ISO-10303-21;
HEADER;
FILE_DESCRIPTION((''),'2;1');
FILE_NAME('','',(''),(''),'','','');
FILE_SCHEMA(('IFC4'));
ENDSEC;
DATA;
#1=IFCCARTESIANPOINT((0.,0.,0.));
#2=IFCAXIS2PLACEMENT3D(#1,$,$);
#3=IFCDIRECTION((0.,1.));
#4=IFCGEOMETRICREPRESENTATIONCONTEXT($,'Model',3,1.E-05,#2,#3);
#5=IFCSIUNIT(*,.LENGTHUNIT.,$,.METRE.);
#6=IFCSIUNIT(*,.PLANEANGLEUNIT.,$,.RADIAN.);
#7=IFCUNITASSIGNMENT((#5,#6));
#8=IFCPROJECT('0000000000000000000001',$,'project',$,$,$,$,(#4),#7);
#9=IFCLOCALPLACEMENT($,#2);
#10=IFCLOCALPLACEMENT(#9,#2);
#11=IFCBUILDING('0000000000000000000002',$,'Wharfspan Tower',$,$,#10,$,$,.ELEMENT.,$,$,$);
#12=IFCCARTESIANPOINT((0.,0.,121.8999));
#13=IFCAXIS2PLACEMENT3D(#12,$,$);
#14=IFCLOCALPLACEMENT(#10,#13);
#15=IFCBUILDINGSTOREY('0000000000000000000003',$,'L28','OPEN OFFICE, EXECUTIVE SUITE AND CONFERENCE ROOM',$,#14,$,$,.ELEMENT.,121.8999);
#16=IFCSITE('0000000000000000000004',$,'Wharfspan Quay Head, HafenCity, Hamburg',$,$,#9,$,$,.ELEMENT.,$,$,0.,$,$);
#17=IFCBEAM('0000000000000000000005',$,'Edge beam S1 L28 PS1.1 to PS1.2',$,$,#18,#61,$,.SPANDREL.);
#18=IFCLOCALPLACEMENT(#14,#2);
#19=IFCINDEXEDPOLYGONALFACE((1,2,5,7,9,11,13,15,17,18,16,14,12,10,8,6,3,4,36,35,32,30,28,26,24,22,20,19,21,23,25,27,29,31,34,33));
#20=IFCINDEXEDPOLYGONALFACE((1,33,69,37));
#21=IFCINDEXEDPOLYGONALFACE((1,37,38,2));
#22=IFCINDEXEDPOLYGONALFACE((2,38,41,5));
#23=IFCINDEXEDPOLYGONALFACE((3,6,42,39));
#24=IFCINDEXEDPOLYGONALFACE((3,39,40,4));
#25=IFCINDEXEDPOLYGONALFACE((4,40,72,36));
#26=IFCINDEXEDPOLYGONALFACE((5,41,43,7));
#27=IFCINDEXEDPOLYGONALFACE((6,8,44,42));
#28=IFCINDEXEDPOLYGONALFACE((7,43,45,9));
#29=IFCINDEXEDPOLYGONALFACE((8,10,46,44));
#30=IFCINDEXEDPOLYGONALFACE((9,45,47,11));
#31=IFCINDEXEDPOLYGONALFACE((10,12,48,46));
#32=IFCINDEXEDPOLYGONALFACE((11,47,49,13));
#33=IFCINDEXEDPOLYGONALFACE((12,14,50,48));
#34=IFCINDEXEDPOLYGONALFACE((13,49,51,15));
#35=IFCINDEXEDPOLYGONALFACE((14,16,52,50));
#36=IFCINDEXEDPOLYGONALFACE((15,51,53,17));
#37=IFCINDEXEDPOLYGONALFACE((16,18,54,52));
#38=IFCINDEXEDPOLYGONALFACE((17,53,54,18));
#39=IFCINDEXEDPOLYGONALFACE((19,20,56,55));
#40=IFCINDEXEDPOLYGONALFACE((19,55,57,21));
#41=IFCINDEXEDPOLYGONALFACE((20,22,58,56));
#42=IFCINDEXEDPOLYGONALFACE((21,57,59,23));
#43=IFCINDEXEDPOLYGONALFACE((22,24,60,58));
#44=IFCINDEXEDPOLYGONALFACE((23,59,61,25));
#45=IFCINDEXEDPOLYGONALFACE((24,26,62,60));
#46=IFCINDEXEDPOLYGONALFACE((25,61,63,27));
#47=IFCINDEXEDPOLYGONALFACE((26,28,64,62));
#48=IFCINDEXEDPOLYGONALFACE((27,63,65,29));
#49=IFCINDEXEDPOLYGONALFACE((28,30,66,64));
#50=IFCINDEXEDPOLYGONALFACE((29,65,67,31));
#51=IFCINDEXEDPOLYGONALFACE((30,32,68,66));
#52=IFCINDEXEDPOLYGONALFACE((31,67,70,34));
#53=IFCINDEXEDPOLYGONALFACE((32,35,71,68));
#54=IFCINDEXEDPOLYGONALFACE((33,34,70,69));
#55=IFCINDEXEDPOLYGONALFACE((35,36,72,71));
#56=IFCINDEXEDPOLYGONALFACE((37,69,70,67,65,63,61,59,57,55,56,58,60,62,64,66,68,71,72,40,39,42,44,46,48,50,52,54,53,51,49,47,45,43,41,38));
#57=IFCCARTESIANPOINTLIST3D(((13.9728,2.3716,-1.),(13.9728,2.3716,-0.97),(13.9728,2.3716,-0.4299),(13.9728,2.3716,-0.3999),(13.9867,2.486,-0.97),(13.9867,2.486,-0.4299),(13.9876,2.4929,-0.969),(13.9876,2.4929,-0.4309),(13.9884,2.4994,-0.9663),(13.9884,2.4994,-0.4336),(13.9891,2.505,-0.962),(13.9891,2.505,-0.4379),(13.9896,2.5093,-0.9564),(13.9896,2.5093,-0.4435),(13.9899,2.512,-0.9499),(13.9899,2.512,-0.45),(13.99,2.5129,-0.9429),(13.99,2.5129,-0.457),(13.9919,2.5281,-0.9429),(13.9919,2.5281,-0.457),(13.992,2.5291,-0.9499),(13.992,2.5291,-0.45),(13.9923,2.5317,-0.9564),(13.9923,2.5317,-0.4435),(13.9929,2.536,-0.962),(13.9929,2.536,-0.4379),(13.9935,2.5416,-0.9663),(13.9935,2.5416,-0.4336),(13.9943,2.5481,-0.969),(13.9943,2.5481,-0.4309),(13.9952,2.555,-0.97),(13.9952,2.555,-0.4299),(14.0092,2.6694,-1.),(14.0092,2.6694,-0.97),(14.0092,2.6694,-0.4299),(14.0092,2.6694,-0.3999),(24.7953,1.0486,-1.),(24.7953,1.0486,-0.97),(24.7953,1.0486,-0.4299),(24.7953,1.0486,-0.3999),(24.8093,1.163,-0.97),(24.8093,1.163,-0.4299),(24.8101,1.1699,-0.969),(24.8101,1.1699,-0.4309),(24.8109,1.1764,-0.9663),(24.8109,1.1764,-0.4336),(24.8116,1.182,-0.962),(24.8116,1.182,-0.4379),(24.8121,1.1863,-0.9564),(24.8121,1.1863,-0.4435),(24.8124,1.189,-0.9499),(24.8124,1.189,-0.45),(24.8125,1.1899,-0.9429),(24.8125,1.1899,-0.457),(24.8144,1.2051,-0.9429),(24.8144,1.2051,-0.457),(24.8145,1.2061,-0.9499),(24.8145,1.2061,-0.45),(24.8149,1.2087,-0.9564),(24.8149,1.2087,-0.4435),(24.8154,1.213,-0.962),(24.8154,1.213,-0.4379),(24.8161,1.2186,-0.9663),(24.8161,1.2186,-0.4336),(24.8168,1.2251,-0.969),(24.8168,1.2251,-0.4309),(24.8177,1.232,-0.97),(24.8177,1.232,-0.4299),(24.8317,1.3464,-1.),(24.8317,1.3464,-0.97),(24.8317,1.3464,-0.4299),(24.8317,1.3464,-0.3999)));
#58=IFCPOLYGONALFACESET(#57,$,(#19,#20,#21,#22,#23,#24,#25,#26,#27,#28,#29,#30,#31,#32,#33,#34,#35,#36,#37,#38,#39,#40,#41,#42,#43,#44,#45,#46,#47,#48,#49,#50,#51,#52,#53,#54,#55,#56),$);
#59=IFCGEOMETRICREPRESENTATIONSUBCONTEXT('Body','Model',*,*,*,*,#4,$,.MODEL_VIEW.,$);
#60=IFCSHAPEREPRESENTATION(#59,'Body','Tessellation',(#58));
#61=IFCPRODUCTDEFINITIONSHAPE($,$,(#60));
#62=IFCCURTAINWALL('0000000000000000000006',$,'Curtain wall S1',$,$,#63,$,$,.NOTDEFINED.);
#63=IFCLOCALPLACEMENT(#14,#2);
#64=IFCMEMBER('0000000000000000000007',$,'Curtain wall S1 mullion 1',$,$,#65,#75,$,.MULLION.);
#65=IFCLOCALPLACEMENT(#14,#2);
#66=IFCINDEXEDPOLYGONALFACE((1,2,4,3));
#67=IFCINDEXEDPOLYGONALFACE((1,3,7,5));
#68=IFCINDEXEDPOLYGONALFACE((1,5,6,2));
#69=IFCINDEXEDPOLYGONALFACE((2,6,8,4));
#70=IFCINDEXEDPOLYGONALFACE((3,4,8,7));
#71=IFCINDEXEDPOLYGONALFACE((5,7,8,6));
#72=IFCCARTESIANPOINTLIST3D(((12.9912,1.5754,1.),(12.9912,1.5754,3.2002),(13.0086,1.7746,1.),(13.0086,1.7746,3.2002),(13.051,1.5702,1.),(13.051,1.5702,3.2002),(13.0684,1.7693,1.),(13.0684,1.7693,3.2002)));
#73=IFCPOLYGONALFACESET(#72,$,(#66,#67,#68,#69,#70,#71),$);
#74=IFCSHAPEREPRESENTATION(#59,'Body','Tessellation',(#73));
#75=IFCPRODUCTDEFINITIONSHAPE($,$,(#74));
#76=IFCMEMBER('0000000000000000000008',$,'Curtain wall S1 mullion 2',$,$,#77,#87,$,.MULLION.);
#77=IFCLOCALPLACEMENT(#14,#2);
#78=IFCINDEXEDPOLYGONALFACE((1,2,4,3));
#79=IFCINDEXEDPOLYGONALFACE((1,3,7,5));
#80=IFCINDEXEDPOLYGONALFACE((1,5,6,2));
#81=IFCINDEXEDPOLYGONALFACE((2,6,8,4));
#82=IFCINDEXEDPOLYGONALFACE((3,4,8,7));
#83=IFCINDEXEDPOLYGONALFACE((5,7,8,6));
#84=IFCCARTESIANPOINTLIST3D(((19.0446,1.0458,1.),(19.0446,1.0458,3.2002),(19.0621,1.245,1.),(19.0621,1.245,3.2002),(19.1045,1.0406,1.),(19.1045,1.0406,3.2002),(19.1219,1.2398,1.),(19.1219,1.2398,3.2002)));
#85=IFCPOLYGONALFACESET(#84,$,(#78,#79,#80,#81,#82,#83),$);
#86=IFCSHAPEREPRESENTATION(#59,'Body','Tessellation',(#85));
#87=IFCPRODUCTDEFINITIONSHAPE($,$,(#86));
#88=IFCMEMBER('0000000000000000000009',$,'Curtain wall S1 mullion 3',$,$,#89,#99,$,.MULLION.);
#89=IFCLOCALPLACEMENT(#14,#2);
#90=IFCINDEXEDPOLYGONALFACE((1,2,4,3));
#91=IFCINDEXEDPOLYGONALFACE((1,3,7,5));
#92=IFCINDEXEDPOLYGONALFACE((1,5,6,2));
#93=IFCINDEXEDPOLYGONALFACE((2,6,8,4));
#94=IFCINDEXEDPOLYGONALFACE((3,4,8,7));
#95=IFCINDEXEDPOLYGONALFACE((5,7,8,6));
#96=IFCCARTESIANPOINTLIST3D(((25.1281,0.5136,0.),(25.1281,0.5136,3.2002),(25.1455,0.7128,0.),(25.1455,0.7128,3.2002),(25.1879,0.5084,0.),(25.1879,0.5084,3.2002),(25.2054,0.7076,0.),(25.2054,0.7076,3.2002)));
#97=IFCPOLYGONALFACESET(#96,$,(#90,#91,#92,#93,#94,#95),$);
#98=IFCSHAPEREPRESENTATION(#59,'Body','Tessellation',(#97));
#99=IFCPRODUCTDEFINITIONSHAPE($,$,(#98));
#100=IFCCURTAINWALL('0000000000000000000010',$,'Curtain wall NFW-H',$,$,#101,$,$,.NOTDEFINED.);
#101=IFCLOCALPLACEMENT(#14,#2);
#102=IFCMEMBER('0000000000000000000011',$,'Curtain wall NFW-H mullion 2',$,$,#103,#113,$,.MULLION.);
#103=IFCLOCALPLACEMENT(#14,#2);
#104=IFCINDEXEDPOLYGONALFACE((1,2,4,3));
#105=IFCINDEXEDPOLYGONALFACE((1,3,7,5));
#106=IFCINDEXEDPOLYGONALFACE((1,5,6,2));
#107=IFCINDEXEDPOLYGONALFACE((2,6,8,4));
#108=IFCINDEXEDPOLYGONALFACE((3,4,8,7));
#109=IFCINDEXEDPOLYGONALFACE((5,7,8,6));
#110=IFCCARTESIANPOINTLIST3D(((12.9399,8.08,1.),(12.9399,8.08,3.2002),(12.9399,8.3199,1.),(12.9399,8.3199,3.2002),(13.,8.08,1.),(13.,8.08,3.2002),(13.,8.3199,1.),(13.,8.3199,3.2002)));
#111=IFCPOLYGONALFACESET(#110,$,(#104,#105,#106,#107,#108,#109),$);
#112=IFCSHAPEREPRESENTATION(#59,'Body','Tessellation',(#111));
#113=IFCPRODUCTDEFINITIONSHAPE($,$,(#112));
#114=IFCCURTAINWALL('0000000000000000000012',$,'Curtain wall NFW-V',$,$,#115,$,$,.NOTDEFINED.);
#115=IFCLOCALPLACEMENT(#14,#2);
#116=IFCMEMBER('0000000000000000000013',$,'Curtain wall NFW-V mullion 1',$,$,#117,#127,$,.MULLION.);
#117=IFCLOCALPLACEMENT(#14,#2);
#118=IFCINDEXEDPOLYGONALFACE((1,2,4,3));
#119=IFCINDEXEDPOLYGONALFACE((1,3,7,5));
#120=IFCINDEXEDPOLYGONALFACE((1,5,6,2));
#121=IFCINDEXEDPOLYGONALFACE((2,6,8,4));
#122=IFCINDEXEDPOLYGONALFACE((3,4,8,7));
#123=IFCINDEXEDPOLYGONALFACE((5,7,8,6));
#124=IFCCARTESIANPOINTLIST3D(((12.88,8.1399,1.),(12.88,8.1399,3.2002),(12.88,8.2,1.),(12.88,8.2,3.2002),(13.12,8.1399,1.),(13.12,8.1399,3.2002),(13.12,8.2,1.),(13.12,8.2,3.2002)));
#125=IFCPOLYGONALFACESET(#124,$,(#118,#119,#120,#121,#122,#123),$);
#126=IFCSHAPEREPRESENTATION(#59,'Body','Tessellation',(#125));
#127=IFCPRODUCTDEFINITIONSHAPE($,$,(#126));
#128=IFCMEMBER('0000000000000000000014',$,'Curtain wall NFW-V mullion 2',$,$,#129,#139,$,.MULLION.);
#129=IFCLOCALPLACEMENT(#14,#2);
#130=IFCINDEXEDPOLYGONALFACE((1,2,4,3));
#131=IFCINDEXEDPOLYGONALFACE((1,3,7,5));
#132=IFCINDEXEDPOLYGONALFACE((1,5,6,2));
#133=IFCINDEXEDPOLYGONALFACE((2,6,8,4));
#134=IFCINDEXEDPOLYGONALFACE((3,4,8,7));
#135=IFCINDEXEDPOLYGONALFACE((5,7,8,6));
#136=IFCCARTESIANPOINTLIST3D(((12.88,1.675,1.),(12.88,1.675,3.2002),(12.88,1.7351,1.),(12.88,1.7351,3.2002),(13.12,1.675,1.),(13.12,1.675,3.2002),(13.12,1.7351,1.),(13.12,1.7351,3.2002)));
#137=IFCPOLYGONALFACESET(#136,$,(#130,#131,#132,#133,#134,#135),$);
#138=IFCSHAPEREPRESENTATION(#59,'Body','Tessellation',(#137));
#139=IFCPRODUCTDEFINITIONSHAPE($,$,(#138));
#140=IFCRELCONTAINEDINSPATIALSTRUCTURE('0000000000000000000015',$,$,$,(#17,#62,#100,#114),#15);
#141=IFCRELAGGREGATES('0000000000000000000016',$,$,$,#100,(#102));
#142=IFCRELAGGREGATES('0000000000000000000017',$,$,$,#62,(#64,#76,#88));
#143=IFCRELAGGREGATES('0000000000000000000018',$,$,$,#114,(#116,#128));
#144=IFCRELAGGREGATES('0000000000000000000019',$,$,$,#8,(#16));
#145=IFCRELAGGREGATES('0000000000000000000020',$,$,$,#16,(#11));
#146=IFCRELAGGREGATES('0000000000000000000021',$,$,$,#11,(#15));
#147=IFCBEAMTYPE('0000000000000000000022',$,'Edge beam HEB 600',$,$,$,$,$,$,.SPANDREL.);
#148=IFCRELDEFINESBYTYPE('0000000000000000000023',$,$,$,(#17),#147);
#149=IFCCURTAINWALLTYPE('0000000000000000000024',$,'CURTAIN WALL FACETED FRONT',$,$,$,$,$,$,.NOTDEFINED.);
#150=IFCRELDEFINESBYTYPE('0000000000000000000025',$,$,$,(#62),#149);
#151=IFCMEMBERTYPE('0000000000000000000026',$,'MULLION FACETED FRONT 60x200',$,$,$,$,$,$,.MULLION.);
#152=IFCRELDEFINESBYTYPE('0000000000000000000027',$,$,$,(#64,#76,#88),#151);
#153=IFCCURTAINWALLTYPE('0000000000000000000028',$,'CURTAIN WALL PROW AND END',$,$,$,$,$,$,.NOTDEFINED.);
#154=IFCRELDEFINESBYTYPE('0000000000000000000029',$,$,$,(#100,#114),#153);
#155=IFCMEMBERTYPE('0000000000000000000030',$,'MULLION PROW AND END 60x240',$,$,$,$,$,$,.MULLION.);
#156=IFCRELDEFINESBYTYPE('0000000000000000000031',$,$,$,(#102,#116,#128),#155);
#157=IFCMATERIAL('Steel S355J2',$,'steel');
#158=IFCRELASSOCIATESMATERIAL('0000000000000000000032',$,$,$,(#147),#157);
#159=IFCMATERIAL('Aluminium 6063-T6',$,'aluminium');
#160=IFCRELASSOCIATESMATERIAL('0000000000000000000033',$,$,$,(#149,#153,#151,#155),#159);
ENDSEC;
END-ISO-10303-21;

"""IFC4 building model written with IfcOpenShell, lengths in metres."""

from ifc_helpers import new_model, si_unit, direction, frame, origin, origin_2d, place, context, subcontext, project, spatial, rectangle, i_section, extrude, material, material_profile, profile_set, type_object, element, aggregate, save


model = new_model("IFC4")

# Units and contexts
model_context = context("Model", 3, precision=1e-05, world=origin(), true_north=direction((0.0, 1.0)))
body_context = subcontext(model_context, "Body", "Model", "MODEL_VIEW")
ifc_project = project(units=[si_unit("LENGTHUNIT", "METRE"), si_unit("PLANEANGLEUNIT", "RADIAN")], contexts=[model_context])

# Site, building, storey
site_placement = place(None, origin())
site = spatial("IfcSite", under=ifc_project, at=site_placement, Name="Wharfspan Quay Head, HafenCity, Hamburg", CompositionType="ELEMENT", RefElevation=0.0)
building_placement = place(site_placement, origin())
building = spatial("IfcBuilding", under=site, at=building_placement, Name="Wharfspan Tower", CompositionType="ELEMENT")
storey_placement = place(building_placement, frame((0.0, 0.0, 121.8999)))
storey = spatial("IfcBuildingStorey", under=building, at=storey_placement, Name="L28", Description="OPEN OFFICE, EXECUTIVE SUITE AND CONFERENCE ROOM", CompositionType="ELEMENT", Elevation=121.8999)

# Shared definitions
ifc_material_1 = material(Name="Steel S355J2", Category="steel")

# Beam
ifc_material_profile_1 = material_profile(ifc_material_1, i_section(OverallWidth=0.3, OverallDepth=0.6001, WebThickness=0.0154, FlangeThickness=0.03, FilletRadius=0.0271, at=origin_2d()))
ifc_profile_set_1 = profile_set([ifc_material_profile_1], Name="Steel S355J2")
beam_type = type_object("IfcBeamType", Name="Edge beam HEB 600", PredefinedType="SPANDREL", material=ifc_profile_set_1)
beam_placement = place(storey_placement, frame((13.991, 2.5205, -0.7), z_axis=(0.992611, -0.121342, 0.0), x_axis=(0.121342, 0.992611, 0.0)))
element("IfcBeam", 1, at=beam_placement, inside=storey, type_object=beam_type, Name="Edge beam S1 L28 PS1.1 to PS1.2", PredefinedType="SPANDREL", context=body_context, shape_type="SweptSolid", body=[
    extrude(i_section(OverallWidth=0.3, OverallDepth=0.6001, WebThickness=0.0154, FlangeThickness=0.03, FilletRadius=0.0271, at=origin_2d()), origin(), (0.0, 0.0, 1.0), 10.9031),
])

# Curtain wall, members
ifc_material_2 = material(Name="Aluminium 6063-T6", Category="aluminium")
curtain_wall_type_1 = type_object("IfcCurtainWallType", Name="CURTAIN WALL FACETED FRONT", PredefinedType="NOTDEFINED", material=ifc_material_2)
curtain_wall_1_placement = place(storey_placement, origin())
curtain_wall_1 = element("IfcCurtainWall", 2, at=curtain_wall_1_placement, inside=storey, type_object=curtain_wall_type_1, Name="Curtain wall S1", PredefinedType="NOTDEFINED")
ifc_material_profile_2 = material_profile(ifc_material_2, rectangle(XDim=0.2, YDim=0.0601, at=origin_2d()))
ifc_profile_set_2 = profile_set([ifc_material_profile_2], Name="Aluminium 6063-T6")
member_type_1 = type_object("IfcMemberType", Name="MULLION FACETED FRONT 60x200", PredefinedType="MULLION", material=ifc_profile_set_2)
member_1_placement = place(storey_placement, frame((13.0298, 1.6724, 1.0), z_axis=(0.0, 0.0, 1.0), x_axis=(0.087156, 0.996198, 0.0)))
member_1 = element("IfcMember", 3, at=member_1_placement, type_object=member_type_1, Name="Curtain wall S1 mullion 1", PredefinedType="MULLION", context=body_context, shape_type="SweptSolid", body=[
    extrude(rectangle(XDim=0.2, YDim=0.0601, at=origin_2d()), origin(), (0.0, 0.0, 1.0), 2.2002),
])
member_2_placement = place(storey_placement, frame((19.0833, 1.1428, 1.0), z_axis=(0.0, 0.0, 1.0), x_axis=(0.087156, 0.996198, 0.0)))
member_2 = element("IfcMember", 4, at=member_2_placement, type_object=member_type_1, Name="Curtain wall S1 mullion 2", PredefinedType="MULLION", context=body_context, shape_type="SweptSolid", body=[
    extrude(rectangle(XDim=0.2, YDim=0.0601, at=origin_2d()), origin(), (0.0, 0.0, 1.0), 2.2002),
])
member_3_placement = place(storey_placement, frame((25.1667, 0.6106, 0.0), z_axis=(0.0, 0.0, 1.0), x_axis=(0.087156, 0.996198, 0.0)))
member_3 = element("IfcMember", 5, at=member_3_placement, type_object=member_type_1, Name="Curtain wall S1 mullion 3", PredefinedType="MULLION", context=body_context, shape_type="SweptSolid", body=[
    extrude(rectangle(XDim=0.2, YDim=0.0601, at=origin_2d()), origin(), (0.0, 0.0, 1.0), 3.2002),
])

# Curtain wall, member
curtain_wall_type_2 = type_object("IfcCurtainWallType", Name="CURTAIN WALL PROW AND END", PredefinedType="NOTDEFINED", material=ifc_material_2)
curtain_wall_2_placement = place(storey_placement, origin())
curtain_wall_2 = element("IfcCurtainWall", 6, at=curtain_wall_2_placement, inside=storey, type_object=curtain_wall_type_2, Name="Curtain wall NFW-H", PredefinedType="NOTDEFINED")
ifc_material_profile_3 = material_profile(ifc_material_2, rectangle(XDim=0.24, YDim=0.0601, at=origin_2d()))
ifc_profile_set_3 = profile_set([ifc_material_profile_3], Name="Aluminium 6063-T6")
member_type_2 = type_object("IfcMemberType", Name="MULLION PROW AND END 60x240", PredefinedType="MULLION", material=ifc_profile_set_3)
member_4_placement = place(storey_placement, frame((12.97, 8.2, 1.0), z_axis=(0.0, 0.0, 1.0), x_axis=(0.0, 1.0, 0.0)))
member_4 = element("IfcMember", 7, at=member_4_placement, type_object=member_type_2, Name="Curtain wall NFW-H mullion 2", PredefinedType="MULLION", context=body_context, shape_type="SweptSolid", body=[
    extrude(rectangle(XDim=0.24, YDim=0.0601, at=origin_2d()), origin(), (0.0, 0.0, 1.0), 2.2002),
])
aggregate(curtain_wall_2, [member_4])

# Curtain wall, members
curtain_wall_3_placement = place(storey_placement, origin())
curtain_wall_3 = element("IfcCurtainWall", 8, at=curtain_wall_3_placement, inside=storey, type_object=curtain_wall_type_2, Name="Curtain wall NFW-V", PredefinedType="NOTDEFINED")
member_5_placement = place(storey_placement, frame((13.0, 8.1699, 1.0), z_axis=(0.0, 0.0, 1.0), x_axis=(1.0, 0.0, 0.0)))
member_5 = element("IfcMember", 9, at=member_5_placement, type_object=member_type_2, Name="Curtain wall NFW-V mullion 1", PredefinedType="MULLION", context=body_context, shape_type="SweptSolid", body=[
    extrude(rectangle(XDim=0.24, YDim=0.0601, at=origin_2d()), origin(), (0.0, 0.0, 1.0), 2.2002),
])
member_6_placement = place(storey_placement, frame((13.0, 1.7051, 1.0), z_axis=(0.0, 0.0, 1.0), x_axis=(1.0, 0.0, 0.0)))
member_6 = element("IfcMember", 10, at=member_6_placement, type_object=member_type_2, Name="Curtain wall NFW-V mullion 2", PredefinedType="MULLION", context=body_context, shape_type="SweptSolid", body=[
    extrude(rectangle(XDim=0.24, YDim=0.0601, at=origin_2d()), origin(), (0.0, 0.0, 1.0), 2.2002),
])

aggregate(curtain_wall_1, [member_1, member_2, member_3])
aggregate(curtain_wall_3, [member_5, member_6])

save(model, "model.ifc")
